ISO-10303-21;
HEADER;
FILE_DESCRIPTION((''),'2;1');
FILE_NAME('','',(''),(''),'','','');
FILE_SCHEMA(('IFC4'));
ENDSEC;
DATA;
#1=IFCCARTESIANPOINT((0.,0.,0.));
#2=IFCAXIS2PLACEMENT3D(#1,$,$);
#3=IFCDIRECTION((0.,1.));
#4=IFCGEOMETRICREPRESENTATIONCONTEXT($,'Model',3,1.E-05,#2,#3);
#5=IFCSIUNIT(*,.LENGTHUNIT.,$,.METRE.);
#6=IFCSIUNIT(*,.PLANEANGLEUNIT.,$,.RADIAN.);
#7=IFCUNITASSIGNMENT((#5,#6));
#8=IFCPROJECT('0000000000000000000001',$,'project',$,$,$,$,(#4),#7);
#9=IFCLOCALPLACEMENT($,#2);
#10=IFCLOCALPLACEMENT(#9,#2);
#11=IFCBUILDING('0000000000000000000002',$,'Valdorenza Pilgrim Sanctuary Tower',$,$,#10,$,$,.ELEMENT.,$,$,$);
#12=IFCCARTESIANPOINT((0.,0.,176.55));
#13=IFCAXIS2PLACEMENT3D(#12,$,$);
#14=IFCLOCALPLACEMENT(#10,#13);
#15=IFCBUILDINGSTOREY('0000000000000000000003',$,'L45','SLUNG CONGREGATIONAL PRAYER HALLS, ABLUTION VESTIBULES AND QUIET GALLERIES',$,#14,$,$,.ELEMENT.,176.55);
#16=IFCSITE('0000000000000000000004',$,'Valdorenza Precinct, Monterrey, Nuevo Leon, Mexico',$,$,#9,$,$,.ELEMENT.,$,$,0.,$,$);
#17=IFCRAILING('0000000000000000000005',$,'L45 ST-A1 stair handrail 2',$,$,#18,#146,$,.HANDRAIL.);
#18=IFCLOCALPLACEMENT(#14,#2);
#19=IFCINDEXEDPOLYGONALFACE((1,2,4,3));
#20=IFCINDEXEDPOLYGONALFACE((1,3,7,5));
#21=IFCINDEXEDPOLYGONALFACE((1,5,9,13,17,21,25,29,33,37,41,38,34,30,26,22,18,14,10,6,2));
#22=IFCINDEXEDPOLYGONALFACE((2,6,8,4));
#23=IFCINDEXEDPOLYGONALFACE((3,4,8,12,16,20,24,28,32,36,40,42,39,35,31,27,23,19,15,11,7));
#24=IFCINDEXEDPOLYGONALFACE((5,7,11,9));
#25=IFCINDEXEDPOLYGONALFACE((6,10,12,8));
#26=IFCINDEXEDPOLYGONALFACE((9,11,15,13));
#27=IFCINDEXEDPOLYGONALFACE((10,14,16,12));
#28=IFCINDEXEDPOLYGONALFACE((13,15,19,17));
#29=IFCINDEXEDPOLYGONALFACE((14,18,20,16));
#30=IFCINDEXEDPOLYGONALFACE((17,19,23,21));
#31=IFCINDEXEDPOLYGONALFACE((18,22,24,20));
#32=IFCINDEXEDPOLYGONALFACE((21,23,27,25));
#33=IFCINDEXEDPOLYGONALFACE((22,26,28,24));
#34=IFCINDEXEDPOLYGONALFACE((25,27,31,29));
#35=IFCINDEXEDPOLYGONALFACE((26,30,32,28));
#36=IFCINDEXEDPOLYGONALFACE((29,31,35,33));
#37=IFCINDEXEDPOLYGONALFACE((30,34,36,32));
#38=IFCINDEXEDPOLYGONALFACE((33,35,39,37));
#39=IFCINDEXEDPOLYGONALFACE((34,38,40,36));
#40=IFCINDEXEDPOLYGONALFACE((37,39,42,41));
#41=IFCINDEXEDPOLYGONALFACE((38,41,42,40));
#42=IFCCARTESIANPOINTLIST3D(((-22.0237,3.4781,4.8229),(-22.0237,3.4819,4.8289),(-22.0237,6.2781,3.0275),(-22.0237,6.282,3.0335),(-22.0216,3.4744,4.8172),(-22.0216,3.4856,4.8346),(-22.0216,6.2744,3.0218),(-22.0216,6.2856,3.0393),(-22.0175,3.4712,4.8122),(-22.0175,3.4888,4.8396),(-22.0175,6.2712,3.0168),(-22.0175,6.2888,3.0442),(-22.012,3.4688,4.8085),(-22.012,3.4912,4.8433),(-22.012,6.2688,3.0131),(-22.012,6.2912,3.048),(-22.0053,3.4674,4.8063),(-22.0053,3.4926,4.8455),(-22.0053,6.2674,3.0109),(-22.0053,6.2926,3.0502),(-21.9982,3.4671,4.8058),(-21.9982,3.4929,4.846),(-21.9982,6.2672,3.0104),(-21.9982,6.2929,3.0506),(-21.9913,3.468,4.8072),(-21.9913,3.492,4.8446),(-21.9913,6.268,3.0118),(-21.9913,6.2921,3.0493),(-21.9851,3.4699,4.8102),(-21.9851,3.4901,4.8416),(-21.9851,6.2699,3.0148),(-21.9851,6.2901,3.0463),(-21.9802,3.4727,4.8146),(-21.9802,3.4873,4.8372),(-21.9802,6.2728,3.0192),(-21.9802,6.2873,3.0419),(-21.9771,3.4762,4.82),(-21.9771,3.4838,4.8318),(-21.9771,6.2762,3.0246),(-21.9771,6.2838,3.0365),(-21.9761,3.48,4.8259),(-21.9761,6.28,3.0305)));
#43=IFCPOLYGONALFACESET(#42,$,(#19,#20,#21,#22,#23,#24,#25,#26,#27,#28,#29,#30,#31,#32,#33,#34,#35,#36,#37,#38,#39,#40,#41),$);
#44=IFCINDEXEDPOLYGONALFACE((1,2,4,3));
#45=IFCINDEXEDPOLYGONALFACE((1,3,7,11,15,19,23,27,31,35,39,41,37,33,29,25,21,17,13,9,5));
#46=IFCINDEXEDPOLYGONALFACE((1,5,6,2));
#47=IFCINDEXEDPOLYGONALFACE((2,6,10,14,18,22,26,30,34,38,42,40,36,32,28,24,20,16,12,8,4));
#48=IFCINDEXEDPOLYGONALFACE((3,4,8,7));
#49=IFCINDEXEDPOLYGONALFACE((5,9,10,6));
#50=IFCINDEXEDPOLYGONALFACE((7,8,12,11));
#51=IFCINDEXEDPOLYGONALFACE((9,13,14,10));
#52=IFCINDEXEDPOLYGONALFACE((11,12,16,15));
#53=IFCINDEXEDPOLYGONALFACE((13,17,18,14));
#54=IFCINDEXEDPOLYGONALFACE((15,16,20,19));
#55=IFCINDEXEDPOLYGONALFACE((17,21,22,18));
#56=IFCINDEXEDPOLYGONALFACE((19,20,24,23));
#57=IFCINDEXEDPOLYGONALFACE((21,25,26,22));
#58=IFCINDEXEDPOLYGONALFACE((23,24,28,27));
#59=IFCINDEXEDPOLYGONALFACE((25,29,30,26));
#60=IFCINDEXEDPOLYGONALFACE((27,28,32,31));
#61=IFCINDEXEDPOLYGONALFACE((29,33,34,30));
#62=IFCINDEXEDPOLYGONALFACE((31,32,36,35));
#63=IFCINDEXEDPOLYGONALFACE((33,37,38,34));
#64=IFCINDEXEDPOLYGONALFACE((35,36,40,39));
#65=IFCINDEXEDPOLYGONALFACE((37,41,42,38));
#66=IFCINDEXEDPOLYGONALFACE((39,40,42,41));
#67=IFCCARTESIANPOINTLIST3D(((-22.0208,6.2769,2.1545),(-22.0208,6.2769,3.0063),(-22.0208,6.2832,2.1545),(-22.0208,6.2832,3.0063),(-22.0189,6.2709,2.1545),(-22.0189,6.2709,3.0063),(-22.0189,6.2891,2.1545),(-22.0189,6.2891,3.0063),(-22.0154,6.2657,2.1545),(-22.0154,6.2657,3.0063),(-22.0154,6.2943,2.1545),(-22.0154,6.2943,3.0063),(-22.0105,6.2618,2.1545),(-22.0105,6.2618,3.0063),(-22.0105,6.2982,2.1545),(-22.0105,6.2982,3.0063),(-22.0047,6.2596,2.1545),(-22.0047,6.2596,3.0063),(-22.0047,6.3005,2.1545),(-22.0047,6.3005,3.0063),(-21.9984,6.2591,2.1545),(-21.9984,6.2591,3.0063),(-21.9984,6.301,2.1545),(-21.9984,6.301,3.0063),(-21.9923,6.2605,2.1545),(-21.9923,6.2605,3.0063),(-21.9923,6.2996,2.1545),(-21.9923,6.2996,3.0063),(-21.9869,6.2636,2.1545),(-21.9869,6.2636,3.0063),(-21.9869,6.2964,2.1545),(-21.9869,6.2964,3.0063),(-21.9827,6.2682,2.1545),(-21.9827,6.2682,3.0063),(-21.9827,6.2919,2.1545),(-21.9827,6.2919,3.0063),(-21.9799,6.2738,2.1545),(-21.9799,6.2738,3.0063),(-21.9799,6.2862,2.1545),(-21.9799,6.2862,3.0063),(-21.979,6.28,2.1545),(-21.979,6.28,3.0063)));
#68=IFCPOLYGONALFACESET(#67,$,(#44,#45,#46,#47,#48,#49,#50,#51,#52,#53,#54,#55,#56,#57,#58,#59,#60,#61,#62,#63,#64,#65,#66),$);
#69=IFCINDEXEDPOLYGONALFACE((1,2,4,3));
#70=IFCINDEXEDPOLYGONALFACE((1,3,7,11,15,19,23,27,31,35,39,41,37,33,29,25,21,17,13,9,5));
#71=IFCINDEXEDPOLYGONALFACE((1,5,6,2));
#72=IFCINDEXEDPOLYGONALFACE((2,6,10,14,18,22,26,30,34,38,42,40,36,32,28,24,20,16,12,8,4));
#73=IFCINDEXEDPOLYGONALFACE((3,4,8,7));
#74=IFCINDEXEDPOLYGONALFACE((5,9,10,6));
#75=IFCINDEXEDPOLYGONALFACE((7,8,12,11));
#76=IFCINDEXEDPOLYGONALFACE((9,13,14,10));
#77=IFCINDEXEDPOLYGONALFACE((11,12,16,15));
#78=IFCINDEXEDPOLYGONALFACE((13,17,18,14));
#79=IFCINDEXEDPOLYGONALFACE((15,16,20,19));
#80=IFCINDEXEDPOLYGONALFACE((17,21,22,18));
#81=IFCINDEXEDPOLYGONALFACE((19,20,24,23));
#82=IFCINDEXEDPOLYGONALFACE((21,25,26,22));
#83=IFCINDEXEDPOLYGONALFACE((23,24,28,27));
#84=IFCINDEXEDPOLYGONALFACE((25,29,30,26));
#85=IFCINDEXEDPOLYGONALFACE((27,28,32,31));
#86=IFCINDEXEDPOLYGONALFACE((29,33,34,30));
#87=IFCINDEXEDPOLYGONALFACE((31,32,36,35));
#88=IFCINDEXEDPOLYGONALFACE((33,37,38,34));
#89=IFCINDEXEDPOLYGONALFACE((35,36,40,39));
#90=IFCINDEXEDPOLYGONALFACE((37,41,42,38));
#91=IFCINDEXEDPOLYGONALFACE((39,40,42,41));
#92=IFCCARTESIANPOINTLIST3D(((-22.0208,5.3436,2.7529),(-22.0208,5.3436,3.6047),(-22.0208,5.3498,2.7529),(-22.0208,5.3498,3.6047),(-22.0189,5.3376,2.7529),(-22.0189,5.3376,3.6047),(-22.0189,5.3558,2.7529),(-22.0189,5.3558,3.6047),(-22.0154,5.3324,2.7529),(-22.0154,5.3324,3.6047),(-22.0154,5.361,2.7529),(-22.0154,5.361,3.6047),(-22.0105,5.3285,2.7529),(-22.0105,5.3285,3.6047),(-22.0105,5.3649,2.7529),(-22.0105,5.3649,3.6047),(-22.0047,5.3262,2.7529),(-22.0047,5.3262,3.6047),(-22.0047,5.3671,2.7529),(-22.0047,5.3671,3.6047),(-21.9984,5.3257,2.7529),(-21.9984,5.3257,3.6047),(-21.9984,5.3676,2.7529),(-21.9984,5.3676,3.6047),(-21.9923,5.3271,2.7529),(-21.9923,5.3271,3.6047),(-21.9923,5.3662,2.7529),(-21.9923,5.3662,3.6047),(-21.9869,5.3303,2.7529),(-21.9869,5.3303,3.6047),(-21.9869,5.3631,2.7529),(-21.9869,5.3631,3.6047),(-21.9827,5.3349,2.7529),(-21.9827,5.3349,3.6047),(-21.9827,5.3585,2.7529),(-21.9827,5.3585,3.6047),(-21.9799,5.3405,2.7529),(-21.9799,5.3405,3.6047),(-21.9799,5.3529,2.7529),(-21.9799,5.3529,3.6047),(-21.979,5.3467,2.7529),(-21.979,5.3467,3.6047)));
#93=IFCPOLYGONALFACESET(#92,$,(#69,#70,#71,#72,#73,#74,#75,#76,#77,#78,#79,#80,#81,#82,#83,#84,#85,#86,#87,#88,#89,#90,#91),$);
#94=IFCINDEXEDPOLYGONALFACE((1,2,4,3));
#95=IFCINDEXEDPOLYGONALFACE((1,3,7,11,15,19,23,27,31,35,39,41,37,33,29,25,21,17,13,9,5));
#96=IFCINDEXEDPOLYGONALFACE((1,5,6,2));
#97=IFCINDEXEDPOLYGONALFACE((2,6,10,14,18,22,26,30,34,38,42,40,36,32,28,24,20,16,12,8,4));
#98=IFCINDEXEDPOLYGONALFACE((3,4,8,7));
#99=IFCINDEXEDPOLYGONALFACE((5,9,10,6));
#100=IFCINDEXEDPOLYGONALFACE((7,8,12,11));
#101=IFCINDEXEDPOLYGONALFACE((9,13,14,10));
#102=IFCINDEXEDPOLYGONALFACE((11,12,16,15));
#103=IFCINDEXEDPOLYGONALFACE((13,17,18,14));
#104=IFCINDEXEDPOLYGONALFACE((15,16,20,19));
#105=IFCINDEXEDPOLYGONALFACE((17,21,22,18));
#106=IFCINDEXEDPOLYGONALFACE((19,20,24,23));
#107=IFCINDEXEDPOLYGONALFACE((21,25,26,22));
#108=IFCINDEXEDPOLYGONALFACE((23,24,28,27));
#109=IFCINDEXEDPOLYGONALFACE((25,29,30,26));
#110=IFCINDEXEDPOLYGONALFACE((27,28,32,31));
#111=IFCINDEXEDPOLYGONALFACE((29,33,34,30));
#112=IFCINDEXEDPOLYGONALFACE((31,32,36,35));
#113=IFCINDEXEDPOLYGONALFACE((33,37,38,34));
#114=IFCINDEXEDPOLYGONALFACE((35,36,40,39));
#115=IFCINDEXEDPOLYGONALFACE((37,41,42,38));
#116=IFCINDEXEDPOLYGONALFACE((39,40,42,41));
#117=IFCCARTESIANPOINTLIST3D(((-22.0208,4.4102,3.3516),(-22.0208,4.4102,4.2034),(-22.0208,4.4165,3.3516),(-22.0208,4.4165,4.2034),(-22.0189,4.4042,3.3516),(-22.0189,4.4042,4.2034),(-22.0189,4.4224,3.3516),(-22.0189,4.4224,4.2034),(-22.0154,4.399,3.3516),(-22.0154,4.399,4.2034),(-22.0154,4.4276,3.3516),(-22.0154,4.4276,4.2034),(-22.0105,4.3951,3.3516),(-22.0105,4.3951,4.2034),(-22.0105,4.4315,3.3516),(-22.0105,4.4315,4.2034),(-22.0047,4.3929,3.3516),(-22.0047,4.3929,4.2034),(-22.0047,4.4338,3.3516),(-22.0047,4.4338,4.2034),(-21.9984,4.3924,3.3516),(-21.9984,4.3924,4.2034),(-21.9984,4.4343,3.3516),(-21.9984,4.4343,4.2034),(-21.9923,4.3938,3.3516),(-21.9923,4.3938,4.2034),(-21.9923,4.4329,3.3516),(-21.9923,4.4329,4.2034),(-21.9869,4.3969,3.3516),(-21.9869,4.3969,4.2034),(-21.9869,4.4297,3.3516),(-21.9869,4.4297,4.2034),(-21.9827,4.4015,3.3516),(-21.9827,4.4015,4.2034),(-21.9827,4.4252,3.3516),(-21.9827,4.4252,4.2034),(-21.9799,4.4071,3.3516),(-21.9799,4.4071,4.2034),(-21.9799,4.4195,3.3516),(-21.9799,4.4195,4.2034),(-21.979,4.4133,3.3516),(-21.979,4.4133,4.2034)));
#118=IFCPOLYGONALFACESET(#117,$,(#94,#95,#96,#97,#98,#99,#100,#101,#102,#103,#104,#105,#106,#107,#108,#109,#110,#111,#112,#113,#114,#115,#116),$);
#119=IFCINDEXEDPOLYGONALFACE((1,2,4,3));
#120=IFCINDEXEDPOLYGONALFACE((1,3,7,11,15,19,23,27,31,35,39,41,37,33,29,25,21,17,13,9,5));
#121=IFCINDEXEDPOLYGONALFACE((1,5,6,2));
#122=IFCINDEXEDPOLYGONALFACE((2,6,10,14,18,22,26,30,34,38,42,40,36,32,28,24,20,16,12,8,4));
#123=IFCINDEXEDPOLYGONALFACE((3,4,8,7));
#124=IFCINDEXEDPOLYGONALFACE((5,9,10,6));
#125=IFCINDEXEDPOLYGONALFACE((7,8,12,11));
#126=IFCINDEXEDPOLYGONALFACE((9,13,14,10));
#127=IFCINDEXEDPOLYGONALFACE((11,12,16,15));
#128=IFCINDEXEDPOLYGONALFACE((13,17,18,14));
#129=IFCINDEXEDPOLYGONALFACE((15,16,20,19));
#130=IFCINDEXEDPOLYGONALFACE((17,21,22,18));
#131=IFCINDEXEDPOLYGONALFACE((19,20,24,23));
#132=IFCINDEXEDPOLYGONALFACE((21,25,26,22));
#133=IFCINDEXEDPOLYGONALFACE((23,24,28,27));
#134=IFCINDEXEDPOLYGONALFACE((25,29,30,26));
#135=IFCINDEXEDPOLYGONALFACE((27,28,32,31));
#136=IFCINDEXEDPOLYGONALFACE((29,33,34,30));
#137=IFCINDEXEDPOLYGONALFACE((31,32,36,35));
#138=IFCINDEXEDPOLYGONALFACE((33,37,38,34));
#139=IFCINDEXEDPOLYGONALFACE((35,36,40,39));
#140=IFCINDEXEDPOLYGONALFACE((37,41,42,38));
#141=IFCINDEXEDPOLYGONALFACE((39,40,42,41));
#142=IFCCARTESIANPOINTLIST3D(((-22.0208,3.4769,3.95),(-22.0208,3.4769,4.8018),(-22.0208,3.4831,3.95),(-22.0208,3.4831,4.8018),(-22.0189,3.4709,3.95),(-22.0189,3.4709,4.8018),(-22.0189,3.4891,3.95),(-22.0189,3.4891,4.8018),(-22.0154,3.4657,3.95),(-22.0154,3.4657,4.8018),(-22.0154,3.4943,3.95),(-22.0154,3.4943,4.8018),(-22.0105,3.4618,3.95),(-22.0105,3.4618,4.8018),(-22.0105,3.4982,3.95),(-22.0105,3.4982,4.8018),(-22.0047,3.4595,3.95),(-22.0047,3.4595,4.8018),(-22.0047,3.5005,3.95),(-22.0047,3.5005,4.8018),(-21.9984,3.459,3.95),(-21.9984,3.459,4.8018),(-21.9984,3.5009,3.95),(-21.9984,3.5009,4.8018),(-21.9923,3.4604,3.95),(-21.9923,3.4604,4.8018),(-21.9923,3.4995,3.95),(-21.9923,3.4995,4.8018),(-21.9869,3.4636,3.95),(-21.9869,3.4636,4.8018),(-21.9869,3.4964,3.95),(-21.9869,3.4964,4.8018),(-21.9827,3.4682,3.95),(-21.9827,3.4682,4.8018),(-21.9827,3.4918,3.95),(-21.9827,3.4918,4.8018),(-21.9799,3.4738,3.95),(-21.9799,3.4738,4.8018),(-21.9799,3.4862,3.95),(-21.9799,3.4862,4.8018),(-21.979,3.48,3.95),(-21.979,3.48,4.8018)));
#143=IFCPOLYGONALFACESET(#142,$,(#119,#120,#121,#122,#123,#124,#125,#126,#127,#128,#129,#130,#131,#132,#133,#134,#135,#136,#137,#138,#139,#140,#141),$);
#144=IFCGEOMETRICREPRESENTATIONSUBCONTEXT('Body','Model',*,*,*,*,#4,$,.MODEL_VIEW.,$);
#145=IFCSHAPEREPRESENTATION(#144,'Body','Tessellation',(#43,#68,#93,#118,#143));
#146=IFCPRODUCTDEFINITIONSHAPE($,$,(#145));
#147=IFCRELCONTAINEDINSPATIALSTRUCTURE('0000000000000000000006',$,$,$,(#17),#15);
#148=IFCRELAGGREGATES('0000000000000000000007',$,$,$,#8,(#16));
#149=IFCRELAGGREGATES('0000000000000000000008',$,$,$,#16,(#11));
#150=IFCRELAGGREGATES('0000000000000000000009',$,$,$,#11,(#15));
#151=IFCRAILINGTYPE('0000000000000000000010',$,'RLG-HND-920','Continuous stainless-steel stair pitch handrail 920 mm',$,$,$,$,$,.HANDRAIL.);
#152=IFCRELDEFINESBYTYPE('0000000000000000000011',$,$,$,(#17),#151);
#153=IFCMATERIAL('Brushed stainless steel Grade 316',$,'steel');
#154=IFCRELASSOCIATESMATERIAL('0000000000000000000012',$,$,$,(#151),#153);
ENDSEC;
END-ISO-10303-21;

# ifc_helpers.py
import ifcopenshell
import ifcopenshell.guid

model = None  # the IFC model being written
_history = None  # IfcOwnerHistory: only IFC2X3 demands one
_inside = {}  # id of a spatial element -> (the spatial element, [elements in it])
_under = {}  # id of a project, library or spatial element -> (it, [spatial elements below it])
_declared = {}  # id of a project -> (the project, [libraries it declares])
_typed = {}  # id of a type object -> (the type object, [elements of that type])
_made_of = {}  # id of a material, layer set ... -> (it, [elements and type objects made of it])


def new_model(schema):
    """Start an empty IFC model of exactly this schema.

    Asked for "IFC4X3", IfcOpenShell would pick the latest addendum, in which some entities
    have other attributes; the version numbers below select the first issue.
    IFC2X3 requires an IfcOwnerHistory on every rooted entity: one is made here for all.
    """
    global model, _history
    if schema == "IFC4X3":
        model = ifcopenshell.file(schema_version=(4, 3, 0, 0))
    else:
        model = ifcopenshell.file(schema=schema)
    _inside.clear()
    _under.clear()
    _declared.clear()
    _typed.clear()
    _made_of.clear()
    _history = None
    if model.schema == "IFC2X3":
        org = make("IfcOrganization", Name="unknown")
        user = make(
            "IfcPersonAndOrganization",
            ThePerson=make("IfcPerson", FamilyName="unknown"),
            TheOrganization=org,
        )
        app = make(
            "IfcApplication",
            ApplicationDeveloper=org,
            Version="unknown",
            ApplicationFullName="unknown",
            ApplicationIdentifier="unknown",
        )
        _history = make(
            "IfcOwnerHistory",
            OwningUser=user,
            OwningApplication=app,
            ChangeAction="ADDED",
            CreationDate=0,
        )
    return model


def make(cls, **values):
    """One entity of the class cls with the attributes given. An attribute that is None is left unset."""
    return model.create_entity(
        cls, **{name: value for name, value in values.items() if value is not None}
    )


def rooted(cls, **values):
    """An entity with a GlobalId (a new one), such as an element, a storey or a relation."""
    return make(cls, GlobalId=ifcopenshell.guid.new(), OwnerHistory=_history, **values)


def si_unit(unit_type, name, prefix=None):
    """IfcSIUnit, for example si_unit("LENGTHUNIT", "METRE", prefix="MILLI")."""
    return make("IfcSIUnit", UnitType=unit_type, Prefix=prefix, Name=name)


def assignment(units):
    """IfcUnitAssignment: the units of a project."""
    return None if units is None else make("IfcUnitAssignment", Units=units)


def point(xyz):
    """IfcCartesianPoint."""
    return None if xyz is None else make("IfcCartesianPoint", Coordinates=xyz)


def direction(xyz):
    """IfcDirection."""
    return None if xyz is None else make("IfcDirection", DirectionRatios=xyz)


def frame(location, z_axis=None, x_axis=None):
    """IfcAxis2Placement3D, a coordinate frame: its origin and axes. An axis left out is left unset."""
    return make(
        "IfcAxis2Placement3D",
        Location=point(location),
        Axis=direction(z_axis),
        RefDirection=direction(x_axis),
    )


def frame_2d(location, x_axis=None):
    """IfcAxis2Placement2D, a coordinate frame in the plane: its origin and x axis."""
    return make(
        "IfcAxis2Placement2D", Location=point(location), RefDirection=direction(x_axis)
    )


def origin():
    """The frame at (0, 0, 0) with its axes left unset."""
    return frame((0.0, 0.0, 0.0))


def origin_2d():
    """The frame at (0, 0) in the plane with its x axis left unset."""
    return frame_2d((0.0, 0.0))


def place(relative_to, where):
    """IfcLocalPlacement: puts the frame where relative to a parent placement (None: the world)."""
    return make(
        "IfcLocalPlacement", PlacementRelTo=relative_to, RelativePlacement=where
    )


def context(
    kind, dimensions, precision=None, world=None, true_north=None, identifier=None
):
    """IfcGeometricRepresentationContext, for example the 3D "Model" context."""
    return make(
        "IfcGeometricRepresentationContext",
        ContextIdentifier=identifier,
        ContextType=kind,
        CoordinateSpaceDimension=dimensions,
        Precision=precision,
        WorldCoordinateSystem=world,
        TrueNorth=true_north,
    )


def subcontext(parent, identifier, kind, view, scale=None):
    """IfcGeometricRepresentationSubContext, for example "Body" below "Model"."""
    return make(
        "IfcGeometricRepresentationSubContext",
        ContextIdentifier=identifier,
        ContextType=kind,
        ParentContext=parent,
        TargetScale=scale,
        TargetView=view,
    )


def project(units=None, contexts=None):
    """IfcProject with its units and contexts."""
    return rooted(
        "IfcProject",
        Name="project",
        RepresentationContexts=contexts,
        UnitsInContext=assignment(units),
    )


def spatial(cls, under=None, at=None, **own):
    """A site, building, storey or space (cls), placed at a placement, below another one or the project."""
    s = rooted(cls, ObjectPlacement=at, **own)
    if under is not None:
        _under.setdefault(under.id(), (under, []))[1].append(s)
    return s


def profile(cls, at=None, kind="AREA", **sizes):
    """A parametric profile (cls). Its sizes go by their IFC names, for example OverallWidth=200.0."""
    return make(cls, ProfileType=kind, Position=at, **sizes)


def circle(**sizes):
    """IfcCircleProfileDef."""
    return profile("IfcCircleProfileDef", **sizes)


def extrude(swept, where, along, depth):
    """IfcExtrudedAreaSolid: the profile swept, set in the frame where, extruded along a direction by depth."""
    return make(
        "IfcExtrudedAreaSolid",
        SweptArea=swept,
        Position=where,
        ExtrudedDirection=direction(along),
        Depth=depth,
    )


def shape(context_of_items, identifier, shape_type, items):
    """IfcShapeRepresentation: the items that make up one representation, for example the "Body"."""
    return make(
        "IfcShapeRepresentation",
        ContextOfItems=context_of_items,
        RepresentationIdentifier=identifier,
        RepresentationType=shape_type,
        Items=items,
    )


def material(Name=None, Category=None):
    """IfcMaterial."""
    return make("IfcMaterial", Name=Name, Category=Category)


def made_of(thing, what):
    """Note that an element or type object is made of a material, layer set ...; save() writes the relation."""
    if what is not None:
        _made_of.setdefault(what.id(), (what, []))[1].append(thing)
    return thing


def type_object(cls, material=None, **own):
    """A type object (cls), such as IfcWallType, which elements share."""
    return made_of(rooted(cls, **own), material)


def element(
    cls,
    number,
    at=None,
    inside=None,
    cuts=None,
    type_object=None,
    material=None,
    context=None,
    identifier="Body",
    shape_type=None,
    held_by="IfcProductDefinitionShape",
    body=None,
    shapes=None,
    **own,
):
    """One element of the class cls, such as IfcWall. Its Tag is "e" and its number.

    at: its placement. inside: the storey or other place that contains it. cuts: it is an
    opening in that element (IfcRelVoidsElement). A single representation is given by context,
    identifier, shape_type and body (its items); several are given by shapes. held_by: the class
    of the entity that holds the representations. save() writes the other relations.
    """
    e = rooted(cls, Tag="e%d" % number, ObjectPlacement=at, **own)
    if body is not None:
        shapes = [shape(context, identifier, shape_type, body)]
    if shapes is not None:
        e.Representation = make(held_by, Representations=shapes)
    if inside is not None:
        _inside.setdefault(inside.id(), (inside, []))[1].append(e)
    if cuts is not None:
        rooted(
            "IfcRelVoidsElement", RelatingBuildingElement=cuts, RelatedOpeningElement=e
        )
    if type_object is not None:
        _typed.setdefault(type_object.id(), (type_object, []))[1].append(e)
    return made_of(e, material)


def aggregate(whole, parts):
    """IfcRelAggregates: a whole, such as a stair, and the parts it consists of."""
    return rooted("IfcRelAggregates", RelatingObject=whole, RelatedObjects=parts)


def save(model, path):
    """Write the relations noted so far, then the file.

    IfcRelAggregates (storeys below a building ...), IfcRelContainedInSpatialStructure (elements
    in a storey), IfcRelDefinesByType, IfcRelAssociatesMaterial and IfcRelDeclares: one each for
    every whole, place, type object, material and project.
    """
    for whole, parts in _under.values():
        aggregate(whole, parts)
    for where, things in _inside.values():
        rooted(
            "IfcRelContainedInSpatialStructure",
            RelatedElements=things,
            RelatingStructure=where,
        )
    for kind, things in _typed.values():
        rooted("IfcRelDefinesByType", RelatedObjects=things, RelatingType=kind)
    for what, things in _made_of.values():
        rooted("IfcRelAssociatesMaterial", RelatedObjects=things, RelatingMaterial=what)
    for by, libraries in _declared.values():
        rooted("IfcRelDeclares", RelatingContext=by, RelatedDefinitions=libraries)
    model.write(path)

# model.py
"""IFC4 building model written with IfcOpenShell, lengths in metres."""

from ifc_helpers import new_model, si_unit, direction, frame, origin, origin_2d, place, context, subcontext, project, spatial, circle, extrude, material, type_object, element, save


model = new_model("IFC4")

# Units and contexts
model_context = context("Model", 3, precision=1e-05, world=origin(), true_north=direction((0.0, 1.0)))
body_context = subcontext(model_context, "Body", "Model", "MODEL_VIEW")
ifc_project = project(units=[si_unit("LENGTHUNIT", "METRE"), si_unit("PLANEANGLEUNIT", "RADIAN")], contexts=[model_context])

# Site, building, storey
site_placement = place(None, origin())
site = spatial("IfcSite", under=ifc_project, at=site_placement, Name="Valdorenza Precinct, Monterrey, Nuevo Leon, Mexico", CompositionType="ELEMENT", RefElevation=0.0)
building_placement = place(site_placement, origin())
building = spatial("IfcBuilding", under=site, at=building_placement, Name="Valdorenza Pilgrim Sanctuary Tower", CompositionType="ELEMENT")
storey_placement = place(building_placement, frame((0.0, 0.0, 176.55)))
storey = spatial("IfcBuildingStorey", under=building, at=storey_placement, Name="L45", Description="SLUNG CONGREGATIONAL PRAYER HALLS, ABLUTION VESTIBULES AND QUIET GALLERIES", CompositionType="ELEMENT", Elevation=176.55)

# Shared definitions
ifc_material_1 = material(Name="Brushed stainless steel Grade 316", Category="steel")

# Railing
railing_type_1 = type_object("IfcRailingType", Name="RLG-HND-920", Description="Continuous stainless-steel stair pitch handrail 920 mm", PredefinedType="HANDRAIL", material=ifc_material_1)
railing_1_placement = place(storey_placement, frame((-22.0, 6.28, 2.1545)))
element("IfcRailing", 1, at=railing_1_placement, inside=storey, type_object=railing_type_1, Name="L45 ST-A1 stair handrail 2", PredefinedType="HANDRAIL", context=body_context, shape_type="SweptSolid", body=[
    extrude(circle(Radius=0.0239, at=origin_2d()), frame((0.0, 0.0, 0.876), z_axis=(0.0, -0.84181, 0.539774), x_axis=(1.0, 0.0, 0.0)), (0.0, 0.0, 1.0), 3.3262),
    extrude(circle(Radius=0.021, at=origin_2d()), origin(), (0.0, 0.0, 1.0), 0.8518),
    extrude(circle(Radius=0.021, at=origin_2d()), frame((0.0, -0.9333, 0.5984)), (0.0, 0.0, 1.0), 0.8518),
    extrude(circle(Radius=0.021, at=origin_2d()), frame((0.0, -1.8667, 1.197)), (0.0, 0.0, 1.0), 0.8518),
    extrude(circle(Radius=0.021, at=origin_2d()), frame((0.0, -2.8, 1.7954)), (0.0, 0.0, 1.0), 0.8518),
])

save(model, "model.ifc")
